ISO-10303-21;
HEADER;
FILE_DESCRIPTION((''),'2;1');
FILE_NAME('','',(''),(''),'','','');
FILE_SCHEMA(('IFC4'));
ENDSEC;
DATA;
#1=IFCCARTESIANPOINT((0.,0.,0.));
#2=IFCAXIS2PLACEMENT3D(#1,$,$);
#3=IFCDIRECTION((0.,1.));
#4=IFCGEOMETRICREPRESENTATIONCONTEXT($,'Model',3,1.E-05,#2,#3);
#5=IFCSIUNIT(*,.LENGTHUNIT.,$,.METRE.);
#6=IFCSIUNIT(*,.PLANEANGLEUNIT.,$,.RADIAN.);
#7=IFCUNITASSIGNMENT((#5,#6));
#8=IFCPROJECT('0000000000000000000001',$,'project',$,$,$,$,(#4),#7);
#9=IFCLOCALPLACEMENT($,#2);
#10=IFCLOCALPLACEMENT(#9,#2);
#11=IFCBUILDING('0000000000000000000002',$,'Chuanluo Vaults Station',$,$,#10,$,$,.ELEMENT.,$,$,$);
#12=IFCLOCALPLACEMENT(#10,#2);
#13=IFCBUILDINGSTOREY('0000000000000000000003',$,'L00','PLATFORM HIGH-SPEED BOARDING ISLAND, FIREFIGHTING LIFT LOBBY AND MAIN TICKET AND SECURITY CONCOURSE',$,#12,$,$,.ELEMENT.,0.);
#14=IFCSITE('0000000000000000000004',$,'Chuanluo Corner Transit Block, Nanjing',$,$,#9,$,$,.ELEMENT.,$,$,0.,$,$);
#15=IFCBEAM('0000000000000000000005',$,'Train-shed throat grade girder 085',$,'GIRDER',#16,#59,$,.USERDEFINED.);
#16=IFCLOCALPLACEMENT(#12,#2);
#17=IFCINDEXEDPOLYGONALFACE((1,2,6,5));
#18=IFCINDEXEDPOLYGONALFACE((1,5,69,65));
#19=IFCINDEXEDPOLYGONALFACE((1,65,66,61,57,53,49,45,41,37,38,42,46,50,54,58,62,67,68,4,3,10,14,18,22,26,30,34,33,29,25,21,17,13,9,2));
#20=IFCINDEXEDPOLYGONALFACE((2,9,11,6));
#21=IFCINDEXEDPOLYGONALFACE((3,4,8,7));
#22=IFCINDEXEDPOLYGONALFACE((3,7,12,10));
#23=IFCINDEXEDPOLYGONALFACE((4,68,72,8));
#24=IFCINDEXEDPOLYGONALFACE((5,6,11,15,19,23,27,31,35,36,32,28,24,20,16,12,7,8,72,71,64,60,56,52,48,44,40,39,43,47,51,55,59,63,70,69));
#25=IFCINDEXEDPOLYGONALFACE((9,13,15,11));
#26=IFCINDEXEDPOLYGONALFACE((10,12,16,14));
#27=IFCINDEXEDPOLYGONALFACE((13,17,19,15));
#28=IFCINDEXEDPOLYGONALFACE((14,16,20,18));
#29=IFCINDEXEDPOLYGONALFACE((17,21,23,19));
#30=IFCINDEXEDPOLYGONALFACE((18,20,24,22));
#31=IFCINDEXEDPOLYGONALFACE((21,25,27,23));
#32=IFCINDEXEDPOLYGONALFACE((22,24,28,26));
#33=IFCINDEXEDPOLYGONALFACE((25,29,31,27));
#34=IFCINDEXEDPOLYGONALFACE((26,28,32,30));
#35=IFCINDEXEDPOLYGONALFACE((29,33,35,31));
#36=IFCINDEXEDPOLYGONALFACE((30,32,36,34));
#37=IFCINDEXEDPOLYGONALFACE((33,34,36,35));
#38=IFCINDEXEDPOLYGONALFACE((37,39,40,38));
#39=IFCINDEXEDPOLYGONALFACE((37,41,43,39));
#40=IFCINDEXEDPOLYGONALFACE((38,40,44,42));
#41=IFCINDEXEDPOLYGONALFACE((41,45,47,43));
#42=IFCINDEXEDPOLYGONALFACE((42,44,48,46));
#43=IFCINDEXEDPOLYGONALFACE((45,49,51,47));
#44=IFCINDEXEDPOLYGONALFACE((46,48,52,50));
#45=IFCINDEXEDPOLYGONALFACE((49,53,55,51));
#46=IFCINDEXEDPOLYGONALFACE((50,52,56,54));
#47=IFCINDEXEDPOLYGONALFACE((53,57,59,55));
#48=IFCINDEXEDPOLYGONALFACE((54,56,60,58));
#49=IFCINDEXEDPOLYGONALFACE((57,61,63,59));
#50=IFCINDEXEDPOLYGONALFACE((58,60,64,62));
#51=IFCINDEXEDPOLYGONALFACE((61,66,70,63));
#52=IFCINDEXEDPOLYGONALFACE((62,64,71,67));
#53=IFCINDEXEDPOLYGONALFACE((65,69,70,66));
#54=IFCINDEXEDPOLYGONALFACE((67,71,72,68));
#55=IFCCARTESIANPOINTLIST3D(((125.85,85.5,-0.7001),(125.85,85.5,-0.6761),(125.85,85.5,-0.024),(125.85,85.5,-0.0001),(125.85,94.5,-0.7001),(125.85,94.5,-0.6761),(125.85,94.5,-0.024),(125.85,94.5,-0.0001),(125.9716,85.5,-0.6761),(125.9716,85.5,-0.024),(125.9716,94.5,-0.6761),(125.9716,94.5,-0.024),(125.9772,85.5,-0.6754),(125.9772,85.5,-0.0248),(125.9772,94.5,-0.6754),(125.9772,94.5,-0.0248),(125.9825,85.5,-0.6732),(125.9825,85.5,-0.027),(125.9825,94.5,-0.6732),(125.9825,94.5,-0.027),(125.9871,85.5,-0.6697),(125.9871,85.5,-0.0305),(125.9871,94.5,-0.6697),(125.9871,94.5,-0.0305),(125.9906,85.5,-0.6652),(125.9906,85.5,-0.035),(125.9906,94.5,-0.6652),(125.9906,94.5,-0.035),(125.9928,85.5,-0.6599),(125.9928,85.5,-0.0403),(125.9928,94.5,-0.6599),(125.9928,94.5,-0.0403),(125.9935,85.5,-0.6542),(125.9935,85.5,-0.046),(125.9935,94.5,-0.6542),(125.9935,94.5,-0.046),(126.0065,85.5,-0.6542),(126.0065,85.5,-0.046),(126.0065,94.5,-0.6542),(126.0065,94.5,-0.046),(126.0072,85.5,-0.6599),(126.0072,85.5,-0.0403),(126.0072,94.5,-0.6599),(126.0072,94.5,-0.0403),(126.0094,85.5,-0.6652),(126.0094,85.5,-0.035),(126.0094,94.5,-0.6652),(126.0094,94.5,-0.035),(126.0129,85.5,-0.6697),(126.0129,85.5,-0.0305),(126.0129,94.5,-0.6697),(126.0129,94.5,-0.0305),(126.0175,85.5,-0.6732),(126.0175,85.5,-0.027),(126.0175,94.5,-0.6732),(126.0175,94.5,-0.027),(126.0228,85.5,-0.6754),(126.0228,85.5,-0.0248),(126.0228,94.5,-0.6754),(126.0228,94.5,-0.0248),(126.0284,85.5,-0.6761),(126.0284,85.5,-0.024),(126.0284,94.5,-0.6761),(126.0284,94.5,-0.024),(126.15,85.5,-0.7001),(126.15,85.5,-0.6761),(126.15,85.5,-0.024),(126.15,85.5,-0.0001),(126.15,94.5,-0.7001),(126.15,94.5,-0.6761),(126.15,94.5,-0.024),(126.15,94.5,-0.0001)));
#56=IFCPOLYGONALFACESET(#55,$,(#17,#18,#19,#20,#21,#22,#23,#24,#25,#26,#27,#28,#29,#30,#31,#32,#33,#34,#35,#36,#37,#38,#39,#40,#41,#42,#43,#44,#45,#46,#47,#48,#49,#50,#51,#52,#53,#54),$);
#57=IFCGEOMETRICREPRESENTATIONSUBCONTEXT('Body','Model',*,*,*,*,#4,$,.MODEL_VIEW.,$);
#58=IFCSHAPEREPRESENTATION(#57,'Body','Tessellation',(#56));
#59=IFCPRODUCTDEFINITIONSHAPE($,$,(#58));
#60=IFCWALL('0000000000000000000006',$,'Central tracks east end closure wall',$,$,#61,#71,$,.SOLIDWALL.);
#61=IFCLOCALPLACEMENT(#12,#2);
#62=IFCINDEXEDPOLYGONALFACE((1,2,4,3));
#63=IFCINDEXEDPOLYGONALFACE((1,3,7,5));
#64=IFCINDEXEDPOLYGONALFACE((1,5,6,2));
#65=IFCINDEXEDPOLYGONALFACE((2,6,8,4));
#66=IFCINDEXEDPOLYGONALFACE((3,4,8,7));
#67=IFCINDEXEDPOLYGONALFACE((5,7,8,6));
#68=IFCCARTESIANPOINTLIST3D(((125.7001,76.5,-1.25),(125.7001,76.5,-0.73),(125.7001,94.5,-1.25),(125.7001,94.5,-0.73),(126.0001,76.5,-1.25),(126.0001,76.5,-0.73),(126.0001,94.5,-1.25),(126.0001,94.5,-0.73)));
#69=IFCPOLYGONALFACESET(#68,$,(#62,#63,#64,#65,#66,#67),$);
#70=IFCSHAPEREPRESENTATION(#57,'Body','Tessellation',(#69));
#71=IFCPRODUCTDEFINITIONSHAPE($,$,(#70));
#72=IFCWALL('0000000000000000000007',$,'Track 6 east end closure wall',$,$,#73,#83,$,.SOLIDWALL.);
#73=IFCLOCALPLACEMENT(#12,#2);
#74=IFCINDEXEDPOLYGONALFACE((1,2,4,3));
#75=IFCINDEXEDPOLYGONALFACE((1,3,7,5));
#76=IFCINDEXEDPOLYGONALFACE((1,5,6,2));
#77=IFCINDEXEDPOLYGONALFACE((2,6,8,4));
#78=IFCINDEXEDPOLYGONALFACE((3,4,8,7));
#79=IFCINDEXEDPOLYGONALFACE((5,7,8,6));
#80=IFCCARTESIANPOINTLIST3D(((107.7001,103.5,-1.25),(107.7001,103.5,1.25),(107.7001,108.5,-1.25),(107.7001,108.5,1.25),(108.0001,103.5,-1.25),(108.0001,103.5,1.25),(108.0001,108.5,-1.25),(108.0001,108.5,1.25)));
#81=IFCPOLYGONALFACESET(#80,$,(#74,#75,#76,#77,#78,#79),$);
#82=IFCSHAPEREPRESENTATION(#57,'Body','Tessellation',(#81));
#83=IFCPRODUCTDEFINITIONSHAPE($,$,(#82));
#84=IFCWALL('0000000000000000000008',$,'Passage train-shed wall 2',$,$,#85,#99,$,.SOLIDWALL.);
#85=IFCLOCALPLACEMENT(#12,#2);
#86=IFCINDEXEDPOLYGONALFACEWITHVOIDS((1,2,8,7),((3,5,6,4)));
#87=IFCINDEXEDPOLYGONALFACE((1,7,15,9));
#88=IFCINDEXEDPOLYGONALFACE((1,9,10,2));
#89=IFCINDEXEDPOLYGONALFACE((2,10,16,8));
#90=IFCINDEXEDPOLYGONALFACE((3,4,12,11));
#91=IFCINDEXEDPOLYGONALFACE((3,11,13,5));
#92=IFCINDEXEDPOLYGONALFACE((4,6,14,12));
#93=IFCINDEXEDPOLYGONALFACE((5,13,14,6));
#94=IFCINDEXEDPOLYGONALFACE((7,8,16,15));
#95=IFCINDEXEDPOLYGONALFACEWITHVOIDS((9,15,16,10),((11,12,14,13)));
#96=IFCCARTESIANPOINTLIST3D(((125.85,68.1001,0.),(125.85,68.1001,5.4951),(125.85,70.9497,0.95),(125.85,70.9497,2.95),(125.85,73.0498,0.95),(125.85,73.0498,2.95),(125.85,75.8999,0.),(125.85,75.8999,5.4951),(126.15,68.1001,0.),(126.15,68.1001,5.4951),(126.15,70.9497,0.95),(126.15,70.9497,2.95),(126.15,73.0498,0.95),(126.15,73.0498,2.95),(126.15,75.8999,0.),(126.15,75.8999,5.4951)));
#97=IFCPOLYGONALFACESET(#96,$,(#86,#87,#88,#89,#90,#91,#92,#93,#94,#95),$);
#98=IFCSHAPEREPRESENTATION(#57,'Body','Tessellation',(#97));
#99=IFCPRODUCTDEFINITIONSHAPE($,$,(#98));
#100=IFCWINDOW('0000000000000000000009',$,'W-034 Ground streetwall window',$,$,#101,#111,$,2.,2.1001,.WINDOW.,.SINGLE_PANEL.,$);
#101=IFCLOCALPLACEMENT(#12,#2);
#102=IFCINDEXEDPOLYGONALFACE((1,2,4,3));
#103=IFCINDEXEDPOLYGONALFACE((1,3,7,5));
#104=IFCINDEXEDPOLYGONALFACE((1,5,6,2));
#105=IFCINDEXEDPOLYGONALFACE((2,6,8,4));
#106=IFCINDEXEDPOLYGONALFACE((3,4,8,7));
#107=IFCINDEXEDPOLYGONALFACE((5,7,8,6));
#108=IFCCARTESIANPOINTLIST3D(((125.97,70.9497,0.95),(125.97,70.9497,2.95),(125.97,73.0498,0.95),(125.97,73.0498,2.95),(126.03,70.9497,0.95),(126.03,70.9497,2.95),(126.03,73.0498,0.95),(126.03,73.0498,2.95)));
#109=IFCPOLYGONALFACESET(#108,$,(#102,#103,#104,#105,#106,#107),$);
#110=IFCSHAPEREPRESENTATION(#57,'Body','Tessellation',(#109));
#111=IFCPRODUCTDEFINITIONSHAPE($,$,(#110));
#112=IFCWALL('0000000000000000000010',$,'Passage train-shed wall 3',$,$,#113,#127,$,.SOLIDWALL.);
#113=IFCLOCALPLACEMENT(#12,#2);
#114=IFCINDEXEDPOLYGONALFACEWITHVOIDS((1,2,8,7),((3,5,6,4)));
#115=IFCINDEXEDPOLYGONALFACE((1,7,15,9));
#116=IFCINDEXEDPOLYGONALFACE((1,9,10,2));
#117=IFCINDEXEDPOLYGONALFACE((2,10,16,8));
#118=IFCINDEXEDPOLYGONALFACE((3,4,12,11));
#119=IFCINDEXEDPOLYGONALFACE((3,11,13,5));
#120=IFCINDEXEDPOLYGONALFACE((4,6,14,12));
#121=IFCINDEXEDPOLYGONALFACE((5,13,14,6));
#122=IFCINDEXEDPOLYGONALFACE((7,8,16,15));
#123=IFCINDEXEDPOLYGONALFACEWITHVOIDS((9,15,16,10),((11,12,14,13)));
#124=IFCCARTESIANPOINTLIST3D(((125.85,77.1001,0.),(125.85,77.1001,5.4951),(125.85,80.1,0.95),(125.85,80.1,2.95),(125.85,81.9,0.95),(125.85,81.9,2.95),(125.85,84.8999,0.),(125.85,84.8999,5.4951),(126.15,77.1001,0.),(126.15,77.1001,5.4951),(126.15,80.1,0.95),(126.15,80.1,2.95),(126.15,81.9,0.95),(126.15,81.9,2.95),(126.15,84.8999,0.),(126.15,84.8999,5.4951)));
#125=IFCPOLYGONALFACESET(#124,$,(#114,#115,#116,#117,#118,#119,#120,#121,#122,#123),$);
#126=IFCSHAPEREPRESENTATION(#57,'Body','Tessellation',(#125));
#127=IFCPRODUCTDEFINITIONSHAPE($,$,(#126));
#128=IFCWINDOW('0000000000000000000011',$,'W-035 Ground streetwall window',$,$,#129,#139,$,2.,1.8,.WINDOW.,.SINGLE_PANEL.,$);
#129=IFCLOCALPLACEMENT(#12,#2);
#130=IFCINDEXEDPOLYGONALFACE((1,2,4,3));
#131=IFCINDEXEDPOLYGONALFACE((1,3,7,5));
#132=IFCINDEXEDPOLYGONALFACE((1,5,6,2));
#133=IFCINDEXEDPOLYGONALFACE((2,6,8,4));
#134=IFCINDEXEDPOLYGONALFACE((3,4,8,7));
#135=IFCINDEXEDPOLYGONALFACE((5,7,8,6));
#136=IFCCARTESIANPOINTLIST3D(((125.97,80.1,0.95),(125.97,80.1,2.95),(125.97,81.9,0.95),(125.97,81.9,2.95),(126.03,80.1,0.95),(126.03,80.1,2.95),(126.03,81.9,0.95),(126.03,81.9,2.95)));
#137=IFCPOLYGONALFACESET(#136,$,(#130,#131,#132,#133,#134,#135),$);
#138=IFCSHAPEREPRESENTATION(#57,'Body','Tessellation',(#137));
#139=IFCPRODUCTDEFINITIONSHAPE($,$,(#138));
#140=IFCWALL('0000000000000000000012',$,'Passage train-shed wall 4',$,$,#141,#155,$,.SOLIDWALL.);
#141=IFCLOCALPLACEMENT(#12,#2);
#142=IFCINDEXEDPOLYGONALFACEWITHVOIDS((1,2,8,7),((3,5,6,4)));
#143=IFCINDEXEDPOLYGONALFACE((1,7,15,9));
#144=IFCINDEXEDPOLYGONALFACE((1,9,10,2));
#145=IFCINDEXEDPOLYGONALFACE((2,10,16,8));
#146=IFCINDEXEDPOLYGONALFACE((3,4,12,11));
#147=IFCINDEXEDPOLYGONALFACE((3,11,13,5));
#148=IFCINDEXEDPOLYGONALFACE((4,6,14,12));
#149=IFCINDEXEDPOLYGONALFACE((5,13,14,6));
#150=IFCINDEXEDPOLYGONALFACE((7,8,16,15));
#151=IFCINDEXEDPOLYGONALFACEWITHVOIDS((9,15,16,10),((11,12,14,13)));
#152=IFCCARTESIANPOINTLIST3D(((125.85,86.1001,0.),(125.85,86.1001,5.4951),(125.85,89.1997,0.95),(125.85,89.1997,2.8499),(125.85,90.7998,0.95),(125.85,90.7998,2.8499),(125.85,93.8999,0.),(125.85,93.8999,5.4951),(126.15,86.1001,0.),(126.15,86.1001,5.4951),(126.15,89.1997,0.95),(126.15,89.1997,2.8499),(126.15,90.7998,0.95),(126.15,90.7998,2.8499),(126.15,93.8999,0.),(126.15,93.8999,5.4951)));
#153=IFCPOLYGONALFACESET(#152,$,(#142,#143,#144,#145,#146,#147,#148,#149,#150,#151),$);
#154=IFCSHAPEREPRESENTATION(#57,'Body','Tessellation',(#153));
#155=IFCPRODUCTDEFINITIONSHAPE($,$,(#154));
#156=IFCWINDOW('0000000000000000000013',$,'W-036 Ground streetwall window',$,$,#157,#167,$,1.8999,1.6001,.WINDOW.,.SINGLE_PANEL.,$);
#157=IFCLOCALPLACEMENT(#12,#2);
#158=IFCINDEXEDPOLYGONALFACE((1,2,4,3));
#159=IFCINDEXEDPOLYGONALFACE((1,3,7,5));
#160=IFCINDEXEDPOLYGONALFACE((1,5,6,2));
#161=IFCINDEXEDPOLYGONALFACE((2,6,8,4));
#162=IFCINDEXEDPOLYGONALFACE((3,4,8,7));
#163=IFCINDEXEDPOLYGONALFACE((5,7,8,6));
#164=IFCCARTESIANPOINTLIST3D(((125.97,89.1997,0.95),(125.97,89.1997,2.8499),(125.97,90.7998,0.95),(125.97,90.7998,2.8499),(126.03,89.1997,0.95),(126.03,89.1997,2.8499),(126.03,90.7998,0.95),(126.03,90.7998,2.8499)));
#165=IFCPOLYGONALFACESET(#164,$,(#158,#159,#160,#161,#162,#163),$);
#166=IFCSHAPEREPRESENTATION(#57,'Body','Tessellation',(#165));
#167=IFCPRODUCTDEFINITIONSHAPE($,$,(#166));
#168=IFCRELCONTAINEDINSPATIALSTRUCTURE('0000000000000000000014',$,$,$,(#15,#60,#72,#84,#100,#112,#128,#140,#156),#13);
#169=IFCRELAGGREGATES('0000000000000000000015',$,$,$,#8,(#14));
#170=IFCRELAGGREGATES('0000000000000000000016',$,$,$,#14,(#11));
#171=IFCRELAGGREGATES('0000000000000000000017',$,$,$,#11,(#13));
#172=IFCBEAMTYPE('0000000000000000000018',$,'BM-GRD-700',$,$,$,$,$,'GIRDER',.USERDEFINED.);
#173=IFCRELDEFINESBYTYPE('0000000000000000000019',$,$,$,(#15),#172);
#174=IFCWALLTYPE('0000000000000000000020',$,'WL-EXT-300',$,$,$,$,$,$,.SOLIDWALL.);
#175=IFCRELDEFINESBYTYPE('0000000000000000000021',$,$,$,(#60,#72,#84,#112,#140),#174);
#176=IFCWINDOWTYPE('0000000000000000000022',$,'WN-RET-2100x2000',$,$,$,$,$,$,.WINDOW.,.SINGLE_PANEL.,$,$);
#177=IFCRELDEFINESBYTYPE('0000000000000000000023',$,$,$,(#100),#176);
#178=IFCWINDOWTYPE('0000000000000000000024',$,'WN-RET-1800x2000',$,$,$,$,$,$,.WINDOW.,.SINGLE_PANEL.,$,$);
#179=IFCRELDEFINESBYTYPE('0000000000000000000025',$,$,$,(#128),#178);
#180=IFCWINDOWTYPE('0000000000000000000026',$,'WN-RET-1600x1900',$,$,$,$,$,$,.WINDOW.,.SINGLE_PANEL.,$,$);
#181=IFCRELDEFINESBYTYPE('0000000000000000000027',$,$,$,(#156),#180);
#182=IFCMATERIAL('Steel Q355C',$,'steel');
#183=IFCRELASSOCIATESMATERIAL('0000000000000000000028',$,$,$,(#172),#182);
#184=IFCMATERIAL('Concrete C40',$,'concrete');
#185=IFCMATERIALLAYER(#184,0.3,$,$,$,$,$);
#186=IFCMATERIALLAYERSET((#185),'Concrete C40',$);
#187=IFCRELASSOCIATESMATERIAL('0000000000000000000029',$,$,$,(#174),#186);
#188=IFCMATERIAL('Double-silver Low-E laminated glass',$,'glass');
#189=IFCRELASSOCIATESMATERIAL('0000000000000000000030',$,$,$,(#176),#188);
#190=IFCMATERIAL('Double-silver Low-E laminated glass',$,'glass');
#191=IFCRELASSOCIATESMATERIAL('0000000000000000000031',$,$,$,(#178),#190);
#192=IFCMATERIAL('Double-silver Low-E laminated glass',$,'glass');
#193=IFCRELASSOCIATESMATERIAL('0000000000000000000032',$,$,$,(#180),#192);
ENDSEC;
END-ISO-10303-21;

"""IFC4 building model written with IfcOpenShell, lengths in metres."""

from ifc_helpers import new_model, si_unit, direction, frame, frame_2d, origin, origin_2d, place, context, subcontext, project, spatial, rectangle, i_section, extrude, material, layer, layer_set, material_profile, profile_set, type_object, element, fill, save


model = new_model("IFC4")

# Units and contexts
model_context = context("Model", 3, precision=1e-05, world=origin(), true_north=direction((0.0, 1.0)))
body_context = subcontext(model_context, "Body", "Model", "MODEL_VIEW")
ifc_project = project(units=[si_unit("LENGTHUNIT", "METRE"), si_unit("PLANEANGLEUNIT", "RADIAN")], contexts=[model_context])

# Site, building, storey
site_placement = place(None, origin())
site = spatial("IfcSite", under=ifc_project, at=site_placement, Name="Chuanluo Corner Transit Block, Nanjing", CompositionType="ELEMENT", RefElevation=0.0)
building_placement = place(site_placement, origin())
building = spatial("IfcBuilding", under=site, at=building_placement, Name="Chuanluo Vaults Station", CompositionType="ELEMENT")
storey_placement = place(building_placement, origin())
storey = spatial("IfcBuildingStorey", under=building, at=storey_placement, Name="L00", Description="PLATFORM HIGH-SPEED BOARDING ISLAND, FIREFIGHTING LIFT LOBBY AND MAIN TICKET AND SECURITY CONCOURSE", CompositionType="ELEMENT", Elevation=0.0)

# Beam
ifc_material_1 = material(Name="Steel Q355C", Category="steel")
ifc_material_profile_1 = material_profile(ifc_material_1, i_section(OverallWidth=0.3, OverallDepth=0.7, WebThickness=0.0129, FlangeThickness=0.0239, FilletRadius=0.022, at=origin_2d()))
ifc_profile_set_1 = profile_set([ifc_material_profile_1], Name="Steel Q355C")
beam_type_1 = type_object("IfcBeamType", Name="BM-GRD-700", ElementType="GIRDER", PredefinedType="USERDEFINED", material=ifc_profile_set_1)
for number, where, z_axis, x_axis, name in (
    (1, (126.0, 85.5, -0.3501), (0.0, 1.0, 0.0), (-1.0, 0.0, 0.0), "Train-shed throat grade girder 085"),
):
    element("IfcBeam", number, at=place(storey_placement, frame(where, z_axis=z_axis, x_axis=x_axis)), inside=storey, type_object=beam_type_1, Name=name, ObjectType="GIRDER", PredefinedType="USERDEFINED", context=body_context, shape_type="SweptSolid", body=[
        extrude(i_section(OverallWidth=0.3, OverallDepth=0.7, WebThickness=0.0129, FlangeThickness=0.0239, FilletRadius=0.022, at=origin_2d()), origin(), (0.0, 0.0, 1.0), 9.0),
    ])

# Walls
ifc_material_2 = material(Name="Concrete C40", Category="concrete")
ifc_layer_1 = layer(ifc_material_2, 0.3)
ifc_layer_set_1 = layer_set([ifc_layer_1], Name="Concrete C40")
wall_type_1 = type_object("IfcWallType", Name="WL-EXT-300", PredefinedType="SOLIDWALL", material=ifc_layer_set_1)
wall_1_placement = place(storey_placement, frame((125.8501, 76.5, -1.25), z_axis=(0.0, 0.0, 1.0), x_axis=(0.0, 1.0, 0.0)))
element("IfcWall", 2, at=wall_1_placement, inside=storey, type_object=wall_type_1, Name="Central tracks east end closure wall", PredefinedType="SOLIDWALL", context=body_context, shape_type="SweptSolid", body=[
    extrude(rectangle(XDim=18.0, YDim=0.3, at=frame_2d((9.0, 0.0))), origin(), (0.0, 0.0, 1.0), 0.52),
])
wall_2_placement = place(storey_placement, frame((107.8501, 103.5, -1.25), z_axis=(0.0, 0.0, 1.0), x_axis=(0.0, 1.0, 0.0)))
element("IfcWall", 3, at=wall_2_placement, inside=storey, type_object=wall_type_1, Name="Track 6 east end closure wall", PredefinedType="SOLIDWALL", context=body_context, shape_type="SweptSolid", body=[
    extrude(rectangle(XDim=5.0, YDim=0.3, at=frame_2d((2.5, 0.0))), origin(), (0.0, 0.0, 1.0), 2.5),
])

# Walls, openings, windows
wall_3_placement = place(storey_placement, frame((126.0, 75.8999, 0.0), z_axis=(0.0, 0.0, 1.0), x_axis=(0.0, -1.0, 0.0)))
wall_3 = element("IfcWall", 4, at=wall_3_placement, inside=storey, type_object=wall_type_1, Name="Passage train-shed wall 2", PredefinedType="SOLIDWALL", context=body_context, shape_type="SweptSolid", body=[
    extrude(rectangle(XDim=7.7998, YDim=0.3, at=frame_2d((3.8999, 0.0))), origin(), (0.0, 0.0, 1.0), 5.4951),
])
opening_1_placement = place(wall_3_placement, frame((2.8501, 0.0, 0.95)))
opening_1 = element("IfcOpeningElement", 5, at=opening_1_placement, cuts=wall_3, PredefinedType="OPENING", context=body_context, shape_type="SweptSolid", body=[
    extrude(rectangle(XDim=2.1001, YDim=2.0, at=frame_2d((1.05, 1.0))), frame((0.0, 0.1599, 0.0), z_axis=(0.0, -1.0, 0.0), x_axis=(1.0, 0.0, 0.0)), (0.0, 0.0, 1.0), 0.3201),
])
ifc_material_3 = material(Name="Double-silver Low-E laminated glass", Category="glass")
window_type_1 = type_object("IfcWindowType", Name="WN-RET-2100x2000", PartitioningType="SINGLE_PANEL", PredefinedType="WINDOW", material=ifc_material_3)
window_1_placement = place(opening_1_placement, origin())
window_1 = element("IfcWindow", 6, at=window_1_placement, inside=storey, type_object=window_type_1, Name="W-034 Ground streetwall window", OverallHeight=2.0, OverallWidth=2.1001, PartitioningType="SINGLE_PANEL", PredefinedType="WINDOW", context=body_context, shape_type="SweptSolid", body=[
    extrude(rectangle(XDim=2.1001, YDim=2.0, at=frame_2d((1.05, 1.0))), frame((0.0, 0.03, 0.0), z_axis=(0.0, -1.0, 0.0), x_axis=(1.0, 0.0, 0.0)), (0.0, 0.0, 1.0), 0.0601),
])
fill(opening_1, window_1)
wall_4_placement = place(storey_placement, frame((126.0, 84.8999, 0.0), z_axis=(0.0, 0.0, 1.0), x_axis=(0.0, -1.0, 0.0)))
wall_4 = element("IfcWall", 7, at=wall_4_placement, inside=storey, type_object=wall_type_1, Name="Passage train-shed wall 3", PredefinedType="SOLIDWALL", context=body_context, shape_type="SweptSolid", body=[
    extrude(rectangle(XDim=7.7998, YDim=0.3, at=frame_2d((3.8999, 0.0))), origin(), (0.0, 0.0, 1.0), 5.4951),
])
opening_2_placement = place(wall_4_placement, frame((3.0, 0.0, 0.95)))
opening_2 = element("IfcOpeningElement", 8, at=opening_2_placement, cuts=wall_4, PredefinedType="OPENING", context=body_context, shape_type="SweptSolid", body=[
    extrude(rectangle(XDim=1.8, YDim=2.0, at=frame_2d((0.8999, 1.0))), frame((0.0, 0.1599, 0.0), z_axis=(0.0, -1.0, 0.0), x_axis=(1.0, 0.0, 0.0)), (0.0, 0.0, 1.0), 0.3201),
])
ifc_material_4 = material(Name="Double-silver Low-E laminated glass", Category="glass")
window_type_2 = type_object("IfcWindowType", Name="WN-RET-1800x2000", PartitioningType="SINGLE_PANEL", PredefinedType="WINDOW", material=ifc_material_4)
window_2_placement = place(opening_2_placement, origin())
window_2 = element("IfcWindow", 9, at=window_2_placement, inside=storey, type_object=window_type_2, Name="W-035 Ground streetwall window", OverallHeight=2.0, OverallWidth=1.8, PartitioningType="SINGLE_PANEL", PredefinedType="WINDOW", context=body_context, shape_type="SweptSolid", body=[
    extrude(rectangle(XDim=1.8, YDim=2.0, at=frame_2d((0.8999, 1.0))), frame((0.0, 0.03, 0.0), z_axis=(0.0, -1.0, 0.0), x_axis=(1.0, 0.0, 0.0)), (0.0, 0.0, 1.0), 0.0601),
])
fill(opening_2, window_2)
wall_5_placement = place(storey_placement, frame((126.0, 93.8999, 0.0), z_axis=(0.0, 0.0, 1.0), x_axis=(0.0, -1.0, 0.0)))
wall_5 = element("IfcWall", 10, at=wall_5_placement, inside=storey, type_object=wall_type_1, Name="Passage train-shed wall 4", PredefinedType="SOLIDWALL", context=body_context, shape_type="SweptSolid", body=[
    extrude(rectangle(XDim=7.7998, YDim=0.3, at=frame_2d((3.8999, 0.0))), origin(), (0.0, 0.0, 1.0), 5.4951),
])
opening_3_placement = place(wall_5_placement, frame((3.1001, 0.0, 0.95)))
opening_3 = element("IfcOpeningElement", 11, at=opening_3_placement, cuts=wall_5, PredefinedType="OPENING", context=body_context, shape_type="SweptSolid", body=[
    extrude(rectangle(XDim=1.6001, YDim=1.8999, at=frame_2d((0.8, 0.95))), frame((0.0, 0.1599, 0.0), z_axis=(0.0, -1.0, 0.0), x_axis=(1.0, 0.0, 0.0)), (0.0, 0.0, 1.0), 0.3201),
])
ifc_material_5 = material(Name="Double-silver Low-E laminated glass", Category="glass")
window_type_3 = type_object("IfcWindowType", Name="WN-RET-1600x1900", PartitioningType="SINGLE_PANEL", PredefinedType="WINDOW", material=ifc_material_5)
window_3_placement = place(opening_3_placement, origin())
window_3 = element("IfcWindow", 12, at=window_3_placement, inside=storey, type_object=window_type_3, Name="W-036 Ground streetwall window", OverallHeight=1.8999, OverallWidth=1.6001, PartitioningType="SINGLE_PANEL", PredefinedType="WINDOW", context=body_context, shape_type="SweptSolid", body=[
    extrude(rectangle(XDim=1.6001, YDim=1.8999, at=frame_2d((0.8, 0.95))), frame((0.0, 0.03, 0.0), z_axis=(0.0, -1.0, 0.0), x_axis=(1.0, 0.0, 0.0)), (0.0, 0.0, 1.0), 0.0601),
])
fill(opening_3, window_3)

save(model, "model.ifc")
